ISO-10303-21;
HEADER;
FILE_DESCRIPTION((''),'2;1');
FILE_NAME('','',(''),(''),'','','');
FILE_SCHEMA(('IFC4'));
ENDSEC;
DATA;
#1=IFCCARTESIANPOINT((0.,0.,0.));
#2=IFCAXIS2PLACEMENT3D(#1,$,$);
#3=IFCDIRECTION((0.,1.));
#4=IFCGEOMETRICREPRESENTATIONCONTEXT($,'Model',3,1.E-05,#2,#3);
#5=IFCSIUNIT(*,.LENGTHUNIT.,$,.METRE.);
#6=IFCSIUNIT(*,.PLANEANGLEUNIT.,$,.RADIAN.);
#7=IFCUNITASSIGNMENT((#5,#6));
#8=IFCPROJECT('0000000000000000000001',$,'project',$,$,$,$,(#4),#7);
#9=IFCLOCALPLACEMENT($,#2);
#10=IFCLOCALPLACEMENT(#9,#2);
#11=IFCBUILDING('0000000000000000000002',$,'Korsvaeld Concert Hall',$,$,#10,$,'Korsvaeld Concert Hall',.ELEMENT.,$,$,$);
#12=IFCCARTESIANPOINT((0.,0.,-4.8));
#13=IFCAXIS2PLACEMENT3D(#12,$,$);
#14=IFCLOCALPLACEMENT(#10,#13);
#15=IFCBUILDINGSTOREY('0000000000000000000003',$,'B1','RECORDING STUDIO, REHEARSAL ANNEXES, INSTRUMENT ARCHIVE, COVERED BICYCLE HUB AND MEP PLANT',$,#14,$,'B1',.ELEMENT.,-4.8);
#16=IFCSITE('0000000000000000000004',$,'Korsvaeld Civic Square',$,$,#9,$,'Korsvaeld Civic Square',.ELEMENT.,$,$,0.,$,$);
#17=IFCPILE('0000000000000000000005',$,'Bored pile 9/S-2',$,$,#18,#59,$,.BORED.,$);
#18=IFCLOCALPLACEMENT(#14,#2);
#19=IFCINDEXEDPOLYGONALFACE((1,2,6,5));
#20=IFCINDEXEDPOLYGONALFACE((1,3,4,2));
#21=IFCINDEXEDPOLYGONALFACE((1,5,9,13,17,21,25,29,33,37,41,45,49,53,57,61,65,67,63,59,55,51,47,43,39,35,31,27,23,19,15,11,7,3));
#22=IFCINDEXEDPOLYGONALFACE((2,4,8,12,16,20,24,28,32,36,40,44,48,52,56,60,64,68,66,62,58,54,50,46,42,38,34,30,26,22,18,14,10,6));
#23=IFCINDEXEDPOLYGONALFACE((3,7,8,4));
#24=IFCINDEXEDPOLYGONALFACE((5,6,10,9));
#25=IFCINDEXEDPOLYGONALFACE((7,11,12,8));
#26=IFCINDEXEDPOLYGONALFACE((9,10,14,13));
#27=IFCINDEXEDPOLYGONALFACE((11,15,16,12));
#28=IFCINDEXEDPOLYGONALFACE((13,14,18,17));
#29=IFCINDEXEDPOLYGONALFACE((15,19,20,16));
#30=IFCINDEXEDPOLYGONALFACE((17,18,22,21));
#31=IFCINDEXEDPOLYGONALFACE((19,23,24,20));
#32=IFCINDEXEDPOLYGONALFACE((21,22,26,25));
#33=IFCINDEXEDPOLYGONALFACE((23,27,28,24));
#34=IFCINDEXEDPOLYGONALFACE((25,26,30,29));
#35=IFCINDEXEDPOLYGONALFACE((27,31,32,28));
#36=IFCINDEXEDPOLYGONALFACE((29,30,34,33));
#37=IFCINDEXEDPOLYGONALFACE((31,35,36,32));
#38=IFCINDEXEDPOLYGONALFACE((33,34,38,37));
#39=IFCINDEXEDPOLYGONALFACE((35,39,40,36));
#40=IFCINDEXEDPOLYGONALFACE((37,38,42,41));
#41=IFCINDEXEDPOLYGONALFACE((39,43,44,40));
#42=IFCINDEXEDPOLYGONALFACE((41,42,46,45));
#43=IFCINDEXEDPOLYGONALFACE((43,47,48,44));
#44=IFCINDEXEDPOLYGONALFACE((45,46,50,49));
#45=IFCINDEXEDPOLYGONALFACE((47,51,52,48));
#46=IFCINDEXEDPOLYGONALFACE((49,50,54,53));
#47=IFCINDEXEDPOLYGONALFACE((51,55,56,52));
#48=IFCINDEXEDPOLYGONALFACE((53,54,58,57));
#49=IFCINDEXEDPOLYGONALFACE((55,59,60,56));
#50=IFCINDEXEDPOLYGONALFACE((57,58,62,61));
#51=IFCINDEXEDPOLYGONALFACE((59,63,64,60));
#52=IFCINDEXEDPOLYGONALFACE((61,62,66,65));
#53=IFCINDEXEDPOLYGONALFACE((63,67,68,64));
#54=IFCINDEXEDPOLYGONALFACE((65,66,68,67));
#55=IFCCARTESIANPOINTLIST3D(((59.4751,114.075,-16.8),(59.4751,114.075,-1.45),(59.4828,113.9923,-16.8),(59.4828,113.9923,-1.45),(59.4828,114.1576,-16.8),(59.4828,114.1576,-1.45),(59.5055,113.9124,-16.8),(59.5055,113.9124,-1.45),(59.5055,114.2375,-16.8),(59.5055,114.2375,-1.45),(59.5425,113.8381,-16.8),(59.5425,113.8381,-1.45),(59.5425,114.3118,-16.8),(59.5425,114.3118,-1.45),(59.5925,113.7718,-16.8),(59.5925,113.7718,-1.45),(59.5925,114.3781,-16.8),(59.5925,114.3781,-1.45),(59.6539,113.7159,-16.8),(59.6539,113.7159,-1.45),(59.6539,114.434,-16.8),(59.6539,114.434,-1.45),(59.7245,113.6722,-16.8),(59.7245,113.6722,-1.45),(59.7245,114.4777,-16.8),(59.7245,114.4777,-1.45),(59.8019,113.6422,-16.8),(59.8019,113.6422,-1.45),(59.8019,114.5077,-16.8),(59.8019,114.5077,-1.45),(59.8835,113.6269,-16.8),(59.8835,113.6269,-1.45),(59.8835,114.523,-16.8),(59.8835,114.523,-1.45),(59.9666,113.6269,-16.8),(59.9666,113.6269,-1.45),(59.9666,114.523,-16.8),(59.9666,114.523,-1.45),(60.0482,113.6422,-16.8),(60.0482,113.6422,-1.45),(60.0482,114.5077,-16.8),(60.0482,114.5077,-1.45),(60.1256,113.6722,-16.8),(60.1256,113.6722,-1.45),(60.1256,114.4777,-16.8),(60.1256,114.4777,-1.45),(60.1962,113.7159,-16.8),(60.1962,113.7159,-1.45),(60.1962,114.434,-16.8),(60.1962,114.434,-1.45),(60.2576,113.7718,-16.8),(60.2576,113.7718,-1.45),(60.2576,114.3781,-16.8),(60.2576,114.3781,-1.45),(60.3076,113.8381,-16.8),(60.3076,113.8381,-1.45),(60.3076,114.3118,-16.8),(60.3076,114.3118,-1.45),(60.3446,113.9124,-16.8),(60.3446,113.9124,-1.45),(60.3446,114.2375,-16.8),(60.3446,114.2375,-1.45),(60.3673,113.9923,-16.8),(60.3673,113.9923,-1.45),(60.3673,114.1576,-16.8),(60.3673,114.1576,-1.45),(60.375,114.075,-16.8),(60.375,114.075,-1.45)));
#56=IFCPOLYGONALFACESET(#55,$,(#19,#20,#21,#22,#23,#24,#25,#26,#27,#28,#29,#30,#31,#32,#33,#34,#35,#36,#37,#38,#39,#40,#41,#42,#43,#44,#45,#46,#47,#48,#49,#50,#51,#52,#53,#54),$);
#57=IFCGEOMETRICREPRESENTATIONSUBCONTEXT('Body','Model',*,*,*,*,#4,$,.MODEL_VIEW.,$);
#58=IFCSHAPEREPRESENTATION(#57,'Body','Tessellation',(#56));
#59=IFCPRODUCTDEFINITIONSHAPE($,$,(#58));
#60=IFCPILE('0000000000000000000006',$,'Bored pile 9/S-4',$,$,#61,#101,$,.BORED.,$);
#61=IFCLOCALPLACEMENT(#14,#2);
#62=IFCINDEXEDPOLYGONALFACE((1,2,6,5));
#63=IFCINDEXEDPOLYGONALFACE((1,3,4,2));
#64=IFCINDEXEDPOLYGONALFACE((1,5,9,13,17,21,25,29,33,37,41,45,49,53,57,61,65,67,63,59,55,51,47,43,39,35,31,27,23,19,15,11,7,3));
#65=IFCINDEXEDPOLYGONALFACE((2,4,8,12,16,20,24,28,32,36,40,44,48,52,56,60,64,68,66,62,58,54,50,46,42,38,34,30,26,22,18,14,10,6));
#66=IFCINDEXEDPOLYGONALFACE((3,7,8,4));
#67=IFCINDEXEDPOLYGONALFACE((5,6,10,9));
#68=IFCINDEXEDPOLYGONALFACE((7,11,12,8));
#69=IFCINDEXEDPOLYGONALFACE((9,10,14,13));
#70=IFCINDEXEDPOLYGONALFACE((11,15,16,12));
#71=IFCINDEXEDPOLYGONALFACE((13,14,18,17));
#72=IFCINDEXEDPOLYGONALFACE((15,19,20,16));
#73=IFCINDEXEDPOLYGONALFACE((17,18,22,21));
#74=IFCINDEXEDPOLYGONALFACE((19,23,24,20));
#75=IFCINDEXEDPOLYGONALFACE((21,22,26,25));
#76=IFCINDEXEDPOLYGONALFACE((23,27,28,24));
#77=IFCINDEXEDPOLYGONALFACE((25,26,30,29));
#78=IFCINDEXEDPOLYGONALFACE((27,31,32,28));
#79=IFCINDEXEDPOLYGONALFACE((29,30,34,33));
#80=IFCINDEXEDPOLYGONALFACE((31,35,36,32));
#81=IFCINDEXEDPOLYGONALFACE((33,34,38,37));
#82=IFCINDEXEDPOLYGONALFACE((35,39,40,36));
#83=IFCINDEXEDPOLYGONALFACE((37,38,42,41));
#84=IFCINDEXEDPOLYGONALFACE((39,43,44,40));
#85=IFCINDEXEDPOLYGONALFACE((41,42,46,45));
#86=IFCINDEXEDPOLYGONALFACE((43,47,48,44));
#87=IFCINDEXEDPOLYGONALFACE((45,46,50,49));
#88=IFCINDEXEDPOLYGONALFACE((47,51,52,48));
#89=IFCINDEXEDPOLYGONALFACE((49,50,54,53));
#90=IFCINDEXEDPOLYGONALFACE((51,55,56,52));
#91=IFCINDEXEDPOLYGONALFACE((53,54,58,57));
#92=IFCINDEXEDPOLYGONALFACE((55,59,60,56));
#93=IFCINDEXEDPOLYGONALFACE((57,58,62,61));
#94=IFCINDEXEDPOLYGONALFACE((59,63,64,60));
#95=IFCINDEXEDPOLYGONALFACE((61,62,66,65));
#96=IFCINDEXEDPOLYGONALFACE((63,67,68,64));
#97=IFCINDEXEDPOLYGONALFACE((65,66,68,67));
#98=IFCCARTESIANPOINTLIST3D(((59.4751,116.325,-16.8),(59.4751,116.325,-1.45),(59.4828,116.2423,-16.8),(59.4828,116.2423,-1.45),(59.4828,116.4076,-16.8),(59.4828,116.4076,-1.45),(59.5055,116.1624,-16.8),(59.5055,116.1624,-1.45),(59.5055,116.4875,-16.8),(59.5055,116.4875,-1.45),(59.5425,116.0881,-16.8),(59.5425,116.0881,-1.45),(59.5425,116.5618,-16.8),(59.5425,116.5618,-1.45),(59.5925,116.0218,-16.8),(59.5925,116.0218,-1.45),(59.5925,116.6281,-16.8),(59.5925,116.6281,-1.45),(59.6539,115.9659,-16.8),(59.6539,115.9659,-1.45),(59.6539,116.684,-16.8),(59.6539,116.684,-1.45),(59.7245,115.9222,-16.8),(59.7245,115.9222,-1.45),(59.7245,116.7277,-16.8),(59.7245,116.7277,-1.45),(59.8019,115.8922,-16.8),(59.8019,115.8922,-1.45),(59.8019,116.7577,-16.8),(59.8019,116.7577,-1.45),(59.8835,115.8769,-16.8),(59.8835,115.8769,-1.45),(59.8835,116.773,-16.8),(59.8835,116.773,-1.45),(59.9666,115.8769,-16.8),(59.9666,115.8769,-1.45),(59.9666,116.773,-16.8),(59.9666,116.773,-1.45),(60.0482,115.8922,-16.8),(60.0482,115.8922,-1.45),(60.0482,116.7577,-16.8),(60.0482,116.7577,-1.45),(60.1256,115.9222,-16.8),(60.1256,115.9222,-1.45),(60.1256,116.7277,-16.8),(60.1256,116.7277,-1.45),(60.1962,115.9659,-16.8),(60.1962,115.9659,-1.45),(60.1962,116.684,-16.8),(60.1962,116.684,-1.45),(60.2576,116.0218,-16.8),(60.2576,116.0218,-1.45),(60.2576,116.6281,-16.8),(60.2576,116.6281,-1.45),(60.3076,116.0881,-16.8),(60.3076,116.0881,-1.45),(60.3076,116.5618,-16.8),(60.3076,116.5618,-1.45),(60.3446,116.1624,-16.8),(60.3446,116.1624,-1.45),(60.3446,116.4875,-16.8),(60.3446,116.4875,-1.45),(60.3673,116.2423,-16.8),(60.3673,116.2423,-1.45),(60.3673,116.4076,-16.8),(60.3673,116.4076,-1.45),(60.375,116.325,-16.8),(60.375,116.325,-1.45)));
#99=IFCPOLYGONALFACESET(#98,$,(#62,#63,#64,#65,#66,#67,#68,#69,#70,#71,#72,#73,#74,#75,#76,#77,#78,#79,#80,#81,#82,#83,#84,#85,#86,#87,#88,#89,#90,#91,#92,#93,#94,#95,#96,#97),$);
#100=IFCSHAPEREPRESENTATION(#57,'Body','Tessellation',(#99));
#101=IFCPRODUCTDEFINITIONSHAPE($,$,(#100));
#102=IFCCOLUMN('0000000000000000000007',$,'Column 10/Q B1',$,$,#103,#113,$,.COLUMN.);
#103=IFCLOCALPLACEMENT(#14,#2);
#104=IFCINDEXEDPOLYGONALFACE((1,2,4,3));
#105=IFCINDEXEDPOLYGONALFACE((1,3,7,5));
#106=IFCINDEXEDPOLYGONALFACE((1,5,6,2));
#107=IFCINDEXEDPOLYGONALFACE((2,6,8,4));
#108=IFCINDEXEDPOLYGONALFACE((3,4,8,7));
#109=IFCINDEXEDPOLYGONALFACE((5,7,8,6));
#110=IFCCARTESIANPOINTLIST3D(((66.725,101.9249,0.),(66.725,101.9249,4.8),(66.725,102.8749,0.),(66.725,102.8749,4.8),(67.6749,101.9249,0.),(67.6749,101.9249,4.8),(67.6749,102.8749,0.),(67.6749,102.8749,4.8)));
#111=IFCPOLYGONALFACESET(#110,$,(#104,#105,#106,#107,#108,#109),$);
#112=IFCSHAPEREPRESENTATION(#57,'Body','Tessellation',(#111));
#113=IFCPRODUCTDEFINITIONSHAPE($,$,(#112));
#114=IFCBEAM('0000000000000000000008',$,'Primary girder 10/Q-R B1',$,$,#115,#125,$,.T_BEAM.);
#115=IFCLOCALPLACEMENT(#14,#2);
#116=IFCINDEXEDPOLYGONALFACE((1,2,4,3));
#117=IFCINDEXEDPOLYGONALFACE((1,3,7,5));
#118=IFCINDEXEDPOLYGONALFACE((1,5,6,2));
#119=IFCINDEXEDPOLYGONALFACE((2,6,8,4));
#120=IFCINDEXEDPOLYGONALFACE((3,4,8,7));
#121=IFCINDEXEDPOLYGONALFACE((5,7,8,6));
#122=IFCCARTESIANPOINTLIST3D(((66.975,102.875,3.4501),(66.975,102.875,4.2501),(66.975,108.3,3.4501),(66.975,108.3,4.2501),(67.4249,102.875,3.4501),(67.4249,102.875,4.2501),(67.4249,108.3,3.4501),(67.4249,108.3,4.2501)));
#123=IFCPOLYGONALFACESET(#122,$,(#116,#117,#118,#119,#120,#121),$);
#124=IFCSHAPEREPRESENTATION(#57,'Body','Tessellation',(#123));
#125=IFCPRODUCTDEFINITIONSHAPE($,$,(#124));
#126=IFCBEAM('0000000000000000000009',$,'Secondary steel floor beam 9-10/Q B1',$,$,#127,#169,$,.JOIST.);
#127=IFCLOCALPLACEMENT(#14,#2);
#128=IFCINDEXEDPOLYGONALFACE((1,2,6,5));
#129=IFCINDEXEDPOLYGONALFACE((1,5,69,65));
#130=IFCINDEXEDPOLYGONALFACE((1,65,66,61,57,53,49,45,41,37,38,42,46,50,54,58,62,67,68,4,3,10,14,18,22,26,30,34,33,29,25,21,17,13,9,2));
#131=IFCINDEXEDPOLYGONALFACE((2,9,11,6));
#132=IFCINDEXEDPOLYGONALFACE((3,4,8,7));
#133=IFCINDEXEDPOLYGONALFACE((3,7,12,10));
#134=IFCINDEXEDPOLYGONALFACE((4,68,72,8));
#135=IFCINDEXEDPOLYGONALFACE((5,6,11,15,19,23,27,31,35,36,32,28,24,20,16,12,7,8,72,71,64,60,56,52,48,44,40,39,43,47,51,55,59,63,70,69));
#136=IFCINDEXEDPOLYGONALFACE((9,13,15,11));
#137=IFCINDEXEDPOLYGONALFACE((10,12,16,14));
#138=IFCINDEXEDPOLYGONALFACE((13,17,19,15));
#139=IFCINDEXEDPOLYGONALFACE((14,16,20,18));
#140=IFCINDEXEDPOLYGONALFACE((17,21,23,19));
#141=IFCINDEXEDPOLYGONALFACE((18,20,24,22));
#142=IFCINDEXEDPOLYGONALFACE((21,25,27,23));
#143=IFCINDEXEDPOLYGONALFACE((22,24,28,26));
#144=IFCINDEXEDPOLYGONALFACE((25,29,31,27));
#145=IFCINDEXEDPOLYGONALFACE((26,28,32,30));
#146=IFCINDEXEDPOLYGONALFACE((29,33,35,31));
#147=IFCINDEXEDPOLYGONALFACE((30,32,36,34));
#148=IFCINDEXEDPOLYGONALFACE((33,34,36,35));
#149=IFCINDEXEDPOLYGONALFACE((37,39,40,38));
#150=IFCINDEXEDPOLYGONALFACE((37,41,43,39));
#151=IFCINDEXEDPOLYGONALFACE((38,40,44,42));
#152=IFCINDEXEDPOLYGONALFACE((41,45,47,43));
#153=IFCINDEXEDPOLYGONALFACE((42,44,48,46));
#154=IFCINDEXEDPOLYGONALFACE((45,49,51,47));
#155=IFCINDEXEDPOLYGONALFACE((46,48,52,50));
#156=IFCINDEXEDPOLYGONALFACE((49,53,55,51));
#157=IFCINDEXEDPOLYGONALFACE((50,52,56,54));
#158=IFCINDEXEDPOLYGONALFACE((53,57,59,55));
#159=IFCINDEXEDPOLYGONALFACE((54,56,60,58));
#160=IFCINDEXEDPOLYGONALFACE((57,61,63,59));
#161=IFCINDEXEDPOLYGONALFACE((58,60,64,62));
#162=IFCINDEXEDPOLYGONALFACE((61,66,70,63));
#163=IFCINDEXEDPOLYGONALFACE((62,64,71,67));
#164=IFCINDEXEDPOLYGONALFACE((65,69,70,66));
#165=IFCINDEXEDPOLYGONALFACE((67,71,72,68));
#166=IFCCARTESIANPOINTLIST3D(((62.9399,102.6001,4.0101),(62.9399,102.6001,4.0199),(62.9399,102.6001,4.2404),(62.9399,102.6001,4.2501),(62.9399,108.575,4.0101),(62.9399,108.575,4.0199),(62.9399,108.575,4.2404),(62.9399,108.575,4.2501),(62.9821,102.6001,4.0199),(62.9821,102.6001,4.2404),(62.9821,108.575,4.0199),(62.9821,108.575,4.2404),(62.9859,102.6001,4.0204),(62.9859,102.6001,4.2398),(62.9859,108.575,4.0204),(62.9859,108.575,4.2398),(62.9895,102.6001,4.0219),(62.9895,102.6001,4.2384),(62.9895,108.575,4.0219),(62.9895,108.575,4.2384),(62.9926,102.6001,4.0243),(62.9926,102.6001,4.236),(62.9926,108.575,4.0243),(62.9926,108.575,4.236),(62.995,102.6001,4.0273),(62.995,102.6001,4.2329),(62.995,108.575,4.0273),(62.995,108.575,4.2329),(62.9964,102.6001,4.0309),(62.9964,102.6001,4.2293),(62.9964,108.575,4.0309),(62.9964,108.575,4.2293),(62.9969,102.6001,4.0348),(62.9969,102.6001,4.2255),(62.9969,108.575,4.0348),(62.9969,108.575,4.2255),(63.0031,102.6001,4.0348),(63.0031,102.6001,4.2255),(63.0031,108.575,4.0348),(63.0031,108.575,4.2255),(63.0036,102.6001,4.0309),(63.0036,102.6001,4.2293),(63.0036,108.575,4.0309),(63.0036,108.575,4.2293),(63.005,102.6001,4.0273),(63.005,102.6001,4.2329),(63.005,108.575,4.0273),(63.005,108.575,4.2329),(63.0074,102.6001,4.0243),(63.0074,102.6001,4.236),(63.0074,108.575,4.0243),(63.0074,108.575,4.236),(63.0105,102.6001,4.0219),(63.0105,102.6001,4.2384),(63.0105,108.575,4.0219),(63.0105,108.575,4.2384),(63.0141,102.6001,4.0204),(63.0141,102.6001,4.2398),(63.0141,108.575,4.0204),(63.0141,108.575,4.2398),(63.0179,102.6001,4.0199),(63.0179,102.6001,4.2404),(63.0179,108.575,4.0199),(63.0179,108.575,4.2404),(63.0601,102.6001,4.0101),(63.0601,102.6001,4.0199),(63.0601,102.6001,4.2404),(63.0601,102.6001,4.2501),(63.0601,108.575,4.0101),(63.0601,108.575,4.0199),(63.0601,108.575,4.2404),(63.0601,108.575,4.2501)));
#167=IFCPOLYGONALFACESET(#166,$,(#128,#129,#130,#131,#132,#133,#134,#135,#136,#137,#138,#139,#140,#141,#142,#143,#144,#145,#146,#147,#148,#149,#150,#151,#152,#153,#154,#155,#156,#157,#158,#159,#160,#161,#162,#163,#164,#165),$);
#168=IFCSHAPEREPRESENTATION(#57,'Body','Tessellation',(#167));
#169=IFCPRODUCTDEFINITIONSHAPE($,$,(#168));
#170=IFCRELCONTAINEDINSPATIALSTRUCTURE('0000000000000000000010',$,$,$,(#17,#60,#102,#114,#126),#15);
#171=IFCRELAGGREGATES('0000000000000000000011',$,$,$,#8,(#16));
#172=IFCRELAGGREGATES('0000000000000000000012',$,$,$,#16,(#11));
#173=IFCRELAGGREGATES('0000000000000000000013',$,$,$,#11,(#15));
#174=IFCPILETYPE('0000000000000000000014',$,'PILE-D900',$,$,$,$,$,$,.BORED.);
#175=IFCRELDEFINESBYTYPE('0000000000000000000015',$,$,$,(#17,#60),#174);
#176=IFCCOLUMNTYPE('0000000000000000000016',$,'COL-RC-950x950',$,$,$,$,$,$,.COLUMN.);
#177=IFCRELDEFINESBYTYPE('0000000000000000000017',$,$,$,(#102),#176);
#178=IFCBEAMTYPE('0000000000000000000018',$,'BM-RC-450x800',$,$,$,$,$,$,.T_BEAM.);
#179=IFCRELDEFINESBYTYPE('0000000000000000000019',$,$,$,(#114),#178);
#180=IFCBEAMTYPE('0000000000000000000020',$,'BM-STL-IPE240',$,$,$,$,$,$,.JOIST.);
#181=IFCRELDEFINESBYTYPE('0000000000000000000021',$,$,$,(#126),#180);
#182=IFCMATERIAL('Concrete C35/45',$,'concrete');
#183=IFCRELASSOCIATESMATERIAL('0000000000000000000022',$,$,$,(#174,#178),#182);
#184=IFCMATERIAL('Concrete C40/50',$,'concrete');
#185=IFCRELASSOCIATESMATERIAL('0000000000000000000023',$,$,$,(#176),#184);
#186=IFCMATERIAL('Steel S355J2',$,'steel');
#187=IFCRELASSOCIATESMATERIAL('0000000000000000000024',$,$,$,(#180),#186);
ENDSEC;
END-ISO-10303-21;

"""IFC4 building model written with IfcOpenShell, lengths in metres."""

from ifc_helpers import new_model, si_unit, direction, frame, origin, origin_2d, place, context, subcontext, project, spatial, rectangle, circle, i_section, extrude, material, material_profile, profile_set, type_object, element, save


model = new_model("IFC4")

# Units and contexts
model_context = context("Model", 3, precision=1e-05, world=origin(), true_north=direction((0.0, 1.0)))
body_context = subcontext(model_context, "Body", "Model", "MODEL_VIEW")
ifc_project = project(units=[si_unit("LENGTHUNIT", "METRE"), si_unit("PLANEANGLEUNIT", "RADIAN")], contexts=[model_context])

# Site, building, storey
site_placement = place(None, origin())
site = spatial("IfcSite", under=ifc_project, at=site_placement, Name="Korsvaeld Civic Square", LongName="Korsvaeld Civic Square", CompositionType="ELEMENT", RefElevation=0.0)
building_placement = place(site_placement, origin())
building = spatial("IfcBuilding", under=site, at=building_placement, Name="Korsvaeld Concert Hall", LongName="Korsvaeld Concert Hall", CompositionType="ELEMENT")
storey_placement = place(building_placement, frame((0.0, 0.0, -4.8)))
storey = spatial("IfcBuildingStorey", under=building, at=storey_placement, Name="B1", Description="RECORDING STUDIO, REHEARSAL ANNEXES, INSTRUMENT ARCHIVE, COVERED BICYCLE HUB AND MEP PLANT", LongName="B1", CompositionType="ELEMENT", Elevation=-4.8)

# Shared definitions
ifc_material_1 = material(Name="Concrete C35/45", Category="concrete")

# Piles
ifc_material_profile_1 = material_profile(ifc_material_1, circle(Radius=0.45, at=origin_2d()), Name="BORED PILE D900")
ifc_profile_set_1 = profile_set([ifc_material_profile_1], Name="Concrete C35/45")
pile_type = type_object("IfcPileType", Name="PILE-D900", PredefinedType="BORED", material=ifc_profile_set_1)
for number, where, z_axis, x_axis, name in (
    (1, (59.925, 114.075, -1.45), (0.0, 0.0, -1.0), (1.0, 0.0, 0.0), "Bored pile 9/S-2"),
    (2, (59.925, 116.325, -1.45), (0.0, 0.0, -1.0), (1.0, 0.0, 0.0), "Bored pile 9/S-4"),
):
    element("IfcPile", number, at=place(storey_placement, frame(where, z_axis=z_axis, x_axis=x_axis)), inside=storey, type_object=pile_type, Name=name, PredefinedType="BORED", context=body_context, shape_type="SweptSolid", body=[
        extrude(circle(Radius=0.45, at=origin_2d()), origin(), (0.0, 0.0, 1.0), 15.3501),
    ])

# Column
ifc_material_2 = material(Name="Concrete C40/50", Category="concrete")
ifc_material_profile_2 = material_profile(ifc_material_2, rectangle(XDim=0.95, YDim=0.95, at=origin_2d()), Name="RC 950x950")
ifc_profile_set_2 = profile_set([ifc_material_profile_2], Name="Concrete C40/50")
column_type = type_object("IfcColumnType", Name="COL-RC-950x950", PredefinedType="COLUMN", material=ifc_profile_set_2)
column_placement = place(storey_placement, frame((67.2, 102.3999, 0.0), z_axis=(0.0, 0.0, 1.0), x_axis=(1.0, 0.0, 0.0)))
element("IfcColumn", 3, at=column_placement, inside=storey, type_object=column_type, Name="Column 10/Q B1", PredefinedType="COLUMN", context=body_context, shape_type="SweptSolid", body=[
    extrude(rectangle(XDim=0.95, YDim=0.95, at=origin_2d()), origin(), (0.0, 0.0, 1.0), 4.8),
])

# Beams
ifc_material_profile_3 = material_profile(ifc_material_1, rectangle(XDim=0.45, YDim=0.8, at=origin_2d()), Name="RC 450x800")
ifc_profile_set_3 = profile_set([ifc_material_profile_3], Name="Concrete C35/45")
beam_type_1 = type_object("IfcBeamType", Name="BM-RC-450x800", PredefinedType="T_BEAM", material=ifc_profile_set_3)
beam_1_placement = place(storey_placement, frame((67.2, 102.875, 3.8501), z_axis=(0.0, 1.0, 0.0), x_axis=(-1.0, 0.0, 0.0)))
element("IfcBeam", 4, at=beam_1_placement, inside=storey, type_object=beam_type_1, Name="Primary girder 10/Q-R B1", PredefinedType="T_BEAM", context=body_context, shape_type="SweptSolid", body=[
    extrude(rectangle(XDim=0.45, YDim=0.8, at=origin_2d()), origin(), (0.0, 0.0, 1.0), 5.425),
])
ifc_material_3 = material(Name="Steel S355J2", Category="steel")
ifc_material_profile_4 = material_profile(ifc_material_3, i_section(OverallWidth=0.1201, OverallDepth=0.24, WebThickness=0.0061, FlangeThickness=0.0098, FilletRadius=0.0149, at=origin_2d()), Name="IPE 240")
ifc_profile_set_4 = profile_set([ifc_material_profile_4], Name="Steel S355J2")
beam_type_2 = type_object("IfcBeamType", Name="BM-STL-IPE240", PredefinedType="JOIST", material=ifc_profile_set_4)
beam_2_placement = place(storey_placement, frame((63.0, 102.6001, 4.1301), z_axis=(0.0, 1.0, 0.0), x_axis=(-1.0, 0.0, 0.0)))
element("IfcBeam", 5, at=beam_2_placement, inside=storey, type_object=beam_type_2, Name="Secondary steel floor beam 9-10/Q B1", PredefinedType="JOIST", context=body_context, shape_type="SweptSolid", body=[
    extrude(i_section(OverallWidth=0.1201, OverallDepth=0.24, WebThickness=0.0061, FlangeThickness=0.0098, FilletRadius=0.0149, at=origin_2d()), origin(), (0.0, 0.0, 1.0), 5.9749),
])

save(model, "model.ifc")
